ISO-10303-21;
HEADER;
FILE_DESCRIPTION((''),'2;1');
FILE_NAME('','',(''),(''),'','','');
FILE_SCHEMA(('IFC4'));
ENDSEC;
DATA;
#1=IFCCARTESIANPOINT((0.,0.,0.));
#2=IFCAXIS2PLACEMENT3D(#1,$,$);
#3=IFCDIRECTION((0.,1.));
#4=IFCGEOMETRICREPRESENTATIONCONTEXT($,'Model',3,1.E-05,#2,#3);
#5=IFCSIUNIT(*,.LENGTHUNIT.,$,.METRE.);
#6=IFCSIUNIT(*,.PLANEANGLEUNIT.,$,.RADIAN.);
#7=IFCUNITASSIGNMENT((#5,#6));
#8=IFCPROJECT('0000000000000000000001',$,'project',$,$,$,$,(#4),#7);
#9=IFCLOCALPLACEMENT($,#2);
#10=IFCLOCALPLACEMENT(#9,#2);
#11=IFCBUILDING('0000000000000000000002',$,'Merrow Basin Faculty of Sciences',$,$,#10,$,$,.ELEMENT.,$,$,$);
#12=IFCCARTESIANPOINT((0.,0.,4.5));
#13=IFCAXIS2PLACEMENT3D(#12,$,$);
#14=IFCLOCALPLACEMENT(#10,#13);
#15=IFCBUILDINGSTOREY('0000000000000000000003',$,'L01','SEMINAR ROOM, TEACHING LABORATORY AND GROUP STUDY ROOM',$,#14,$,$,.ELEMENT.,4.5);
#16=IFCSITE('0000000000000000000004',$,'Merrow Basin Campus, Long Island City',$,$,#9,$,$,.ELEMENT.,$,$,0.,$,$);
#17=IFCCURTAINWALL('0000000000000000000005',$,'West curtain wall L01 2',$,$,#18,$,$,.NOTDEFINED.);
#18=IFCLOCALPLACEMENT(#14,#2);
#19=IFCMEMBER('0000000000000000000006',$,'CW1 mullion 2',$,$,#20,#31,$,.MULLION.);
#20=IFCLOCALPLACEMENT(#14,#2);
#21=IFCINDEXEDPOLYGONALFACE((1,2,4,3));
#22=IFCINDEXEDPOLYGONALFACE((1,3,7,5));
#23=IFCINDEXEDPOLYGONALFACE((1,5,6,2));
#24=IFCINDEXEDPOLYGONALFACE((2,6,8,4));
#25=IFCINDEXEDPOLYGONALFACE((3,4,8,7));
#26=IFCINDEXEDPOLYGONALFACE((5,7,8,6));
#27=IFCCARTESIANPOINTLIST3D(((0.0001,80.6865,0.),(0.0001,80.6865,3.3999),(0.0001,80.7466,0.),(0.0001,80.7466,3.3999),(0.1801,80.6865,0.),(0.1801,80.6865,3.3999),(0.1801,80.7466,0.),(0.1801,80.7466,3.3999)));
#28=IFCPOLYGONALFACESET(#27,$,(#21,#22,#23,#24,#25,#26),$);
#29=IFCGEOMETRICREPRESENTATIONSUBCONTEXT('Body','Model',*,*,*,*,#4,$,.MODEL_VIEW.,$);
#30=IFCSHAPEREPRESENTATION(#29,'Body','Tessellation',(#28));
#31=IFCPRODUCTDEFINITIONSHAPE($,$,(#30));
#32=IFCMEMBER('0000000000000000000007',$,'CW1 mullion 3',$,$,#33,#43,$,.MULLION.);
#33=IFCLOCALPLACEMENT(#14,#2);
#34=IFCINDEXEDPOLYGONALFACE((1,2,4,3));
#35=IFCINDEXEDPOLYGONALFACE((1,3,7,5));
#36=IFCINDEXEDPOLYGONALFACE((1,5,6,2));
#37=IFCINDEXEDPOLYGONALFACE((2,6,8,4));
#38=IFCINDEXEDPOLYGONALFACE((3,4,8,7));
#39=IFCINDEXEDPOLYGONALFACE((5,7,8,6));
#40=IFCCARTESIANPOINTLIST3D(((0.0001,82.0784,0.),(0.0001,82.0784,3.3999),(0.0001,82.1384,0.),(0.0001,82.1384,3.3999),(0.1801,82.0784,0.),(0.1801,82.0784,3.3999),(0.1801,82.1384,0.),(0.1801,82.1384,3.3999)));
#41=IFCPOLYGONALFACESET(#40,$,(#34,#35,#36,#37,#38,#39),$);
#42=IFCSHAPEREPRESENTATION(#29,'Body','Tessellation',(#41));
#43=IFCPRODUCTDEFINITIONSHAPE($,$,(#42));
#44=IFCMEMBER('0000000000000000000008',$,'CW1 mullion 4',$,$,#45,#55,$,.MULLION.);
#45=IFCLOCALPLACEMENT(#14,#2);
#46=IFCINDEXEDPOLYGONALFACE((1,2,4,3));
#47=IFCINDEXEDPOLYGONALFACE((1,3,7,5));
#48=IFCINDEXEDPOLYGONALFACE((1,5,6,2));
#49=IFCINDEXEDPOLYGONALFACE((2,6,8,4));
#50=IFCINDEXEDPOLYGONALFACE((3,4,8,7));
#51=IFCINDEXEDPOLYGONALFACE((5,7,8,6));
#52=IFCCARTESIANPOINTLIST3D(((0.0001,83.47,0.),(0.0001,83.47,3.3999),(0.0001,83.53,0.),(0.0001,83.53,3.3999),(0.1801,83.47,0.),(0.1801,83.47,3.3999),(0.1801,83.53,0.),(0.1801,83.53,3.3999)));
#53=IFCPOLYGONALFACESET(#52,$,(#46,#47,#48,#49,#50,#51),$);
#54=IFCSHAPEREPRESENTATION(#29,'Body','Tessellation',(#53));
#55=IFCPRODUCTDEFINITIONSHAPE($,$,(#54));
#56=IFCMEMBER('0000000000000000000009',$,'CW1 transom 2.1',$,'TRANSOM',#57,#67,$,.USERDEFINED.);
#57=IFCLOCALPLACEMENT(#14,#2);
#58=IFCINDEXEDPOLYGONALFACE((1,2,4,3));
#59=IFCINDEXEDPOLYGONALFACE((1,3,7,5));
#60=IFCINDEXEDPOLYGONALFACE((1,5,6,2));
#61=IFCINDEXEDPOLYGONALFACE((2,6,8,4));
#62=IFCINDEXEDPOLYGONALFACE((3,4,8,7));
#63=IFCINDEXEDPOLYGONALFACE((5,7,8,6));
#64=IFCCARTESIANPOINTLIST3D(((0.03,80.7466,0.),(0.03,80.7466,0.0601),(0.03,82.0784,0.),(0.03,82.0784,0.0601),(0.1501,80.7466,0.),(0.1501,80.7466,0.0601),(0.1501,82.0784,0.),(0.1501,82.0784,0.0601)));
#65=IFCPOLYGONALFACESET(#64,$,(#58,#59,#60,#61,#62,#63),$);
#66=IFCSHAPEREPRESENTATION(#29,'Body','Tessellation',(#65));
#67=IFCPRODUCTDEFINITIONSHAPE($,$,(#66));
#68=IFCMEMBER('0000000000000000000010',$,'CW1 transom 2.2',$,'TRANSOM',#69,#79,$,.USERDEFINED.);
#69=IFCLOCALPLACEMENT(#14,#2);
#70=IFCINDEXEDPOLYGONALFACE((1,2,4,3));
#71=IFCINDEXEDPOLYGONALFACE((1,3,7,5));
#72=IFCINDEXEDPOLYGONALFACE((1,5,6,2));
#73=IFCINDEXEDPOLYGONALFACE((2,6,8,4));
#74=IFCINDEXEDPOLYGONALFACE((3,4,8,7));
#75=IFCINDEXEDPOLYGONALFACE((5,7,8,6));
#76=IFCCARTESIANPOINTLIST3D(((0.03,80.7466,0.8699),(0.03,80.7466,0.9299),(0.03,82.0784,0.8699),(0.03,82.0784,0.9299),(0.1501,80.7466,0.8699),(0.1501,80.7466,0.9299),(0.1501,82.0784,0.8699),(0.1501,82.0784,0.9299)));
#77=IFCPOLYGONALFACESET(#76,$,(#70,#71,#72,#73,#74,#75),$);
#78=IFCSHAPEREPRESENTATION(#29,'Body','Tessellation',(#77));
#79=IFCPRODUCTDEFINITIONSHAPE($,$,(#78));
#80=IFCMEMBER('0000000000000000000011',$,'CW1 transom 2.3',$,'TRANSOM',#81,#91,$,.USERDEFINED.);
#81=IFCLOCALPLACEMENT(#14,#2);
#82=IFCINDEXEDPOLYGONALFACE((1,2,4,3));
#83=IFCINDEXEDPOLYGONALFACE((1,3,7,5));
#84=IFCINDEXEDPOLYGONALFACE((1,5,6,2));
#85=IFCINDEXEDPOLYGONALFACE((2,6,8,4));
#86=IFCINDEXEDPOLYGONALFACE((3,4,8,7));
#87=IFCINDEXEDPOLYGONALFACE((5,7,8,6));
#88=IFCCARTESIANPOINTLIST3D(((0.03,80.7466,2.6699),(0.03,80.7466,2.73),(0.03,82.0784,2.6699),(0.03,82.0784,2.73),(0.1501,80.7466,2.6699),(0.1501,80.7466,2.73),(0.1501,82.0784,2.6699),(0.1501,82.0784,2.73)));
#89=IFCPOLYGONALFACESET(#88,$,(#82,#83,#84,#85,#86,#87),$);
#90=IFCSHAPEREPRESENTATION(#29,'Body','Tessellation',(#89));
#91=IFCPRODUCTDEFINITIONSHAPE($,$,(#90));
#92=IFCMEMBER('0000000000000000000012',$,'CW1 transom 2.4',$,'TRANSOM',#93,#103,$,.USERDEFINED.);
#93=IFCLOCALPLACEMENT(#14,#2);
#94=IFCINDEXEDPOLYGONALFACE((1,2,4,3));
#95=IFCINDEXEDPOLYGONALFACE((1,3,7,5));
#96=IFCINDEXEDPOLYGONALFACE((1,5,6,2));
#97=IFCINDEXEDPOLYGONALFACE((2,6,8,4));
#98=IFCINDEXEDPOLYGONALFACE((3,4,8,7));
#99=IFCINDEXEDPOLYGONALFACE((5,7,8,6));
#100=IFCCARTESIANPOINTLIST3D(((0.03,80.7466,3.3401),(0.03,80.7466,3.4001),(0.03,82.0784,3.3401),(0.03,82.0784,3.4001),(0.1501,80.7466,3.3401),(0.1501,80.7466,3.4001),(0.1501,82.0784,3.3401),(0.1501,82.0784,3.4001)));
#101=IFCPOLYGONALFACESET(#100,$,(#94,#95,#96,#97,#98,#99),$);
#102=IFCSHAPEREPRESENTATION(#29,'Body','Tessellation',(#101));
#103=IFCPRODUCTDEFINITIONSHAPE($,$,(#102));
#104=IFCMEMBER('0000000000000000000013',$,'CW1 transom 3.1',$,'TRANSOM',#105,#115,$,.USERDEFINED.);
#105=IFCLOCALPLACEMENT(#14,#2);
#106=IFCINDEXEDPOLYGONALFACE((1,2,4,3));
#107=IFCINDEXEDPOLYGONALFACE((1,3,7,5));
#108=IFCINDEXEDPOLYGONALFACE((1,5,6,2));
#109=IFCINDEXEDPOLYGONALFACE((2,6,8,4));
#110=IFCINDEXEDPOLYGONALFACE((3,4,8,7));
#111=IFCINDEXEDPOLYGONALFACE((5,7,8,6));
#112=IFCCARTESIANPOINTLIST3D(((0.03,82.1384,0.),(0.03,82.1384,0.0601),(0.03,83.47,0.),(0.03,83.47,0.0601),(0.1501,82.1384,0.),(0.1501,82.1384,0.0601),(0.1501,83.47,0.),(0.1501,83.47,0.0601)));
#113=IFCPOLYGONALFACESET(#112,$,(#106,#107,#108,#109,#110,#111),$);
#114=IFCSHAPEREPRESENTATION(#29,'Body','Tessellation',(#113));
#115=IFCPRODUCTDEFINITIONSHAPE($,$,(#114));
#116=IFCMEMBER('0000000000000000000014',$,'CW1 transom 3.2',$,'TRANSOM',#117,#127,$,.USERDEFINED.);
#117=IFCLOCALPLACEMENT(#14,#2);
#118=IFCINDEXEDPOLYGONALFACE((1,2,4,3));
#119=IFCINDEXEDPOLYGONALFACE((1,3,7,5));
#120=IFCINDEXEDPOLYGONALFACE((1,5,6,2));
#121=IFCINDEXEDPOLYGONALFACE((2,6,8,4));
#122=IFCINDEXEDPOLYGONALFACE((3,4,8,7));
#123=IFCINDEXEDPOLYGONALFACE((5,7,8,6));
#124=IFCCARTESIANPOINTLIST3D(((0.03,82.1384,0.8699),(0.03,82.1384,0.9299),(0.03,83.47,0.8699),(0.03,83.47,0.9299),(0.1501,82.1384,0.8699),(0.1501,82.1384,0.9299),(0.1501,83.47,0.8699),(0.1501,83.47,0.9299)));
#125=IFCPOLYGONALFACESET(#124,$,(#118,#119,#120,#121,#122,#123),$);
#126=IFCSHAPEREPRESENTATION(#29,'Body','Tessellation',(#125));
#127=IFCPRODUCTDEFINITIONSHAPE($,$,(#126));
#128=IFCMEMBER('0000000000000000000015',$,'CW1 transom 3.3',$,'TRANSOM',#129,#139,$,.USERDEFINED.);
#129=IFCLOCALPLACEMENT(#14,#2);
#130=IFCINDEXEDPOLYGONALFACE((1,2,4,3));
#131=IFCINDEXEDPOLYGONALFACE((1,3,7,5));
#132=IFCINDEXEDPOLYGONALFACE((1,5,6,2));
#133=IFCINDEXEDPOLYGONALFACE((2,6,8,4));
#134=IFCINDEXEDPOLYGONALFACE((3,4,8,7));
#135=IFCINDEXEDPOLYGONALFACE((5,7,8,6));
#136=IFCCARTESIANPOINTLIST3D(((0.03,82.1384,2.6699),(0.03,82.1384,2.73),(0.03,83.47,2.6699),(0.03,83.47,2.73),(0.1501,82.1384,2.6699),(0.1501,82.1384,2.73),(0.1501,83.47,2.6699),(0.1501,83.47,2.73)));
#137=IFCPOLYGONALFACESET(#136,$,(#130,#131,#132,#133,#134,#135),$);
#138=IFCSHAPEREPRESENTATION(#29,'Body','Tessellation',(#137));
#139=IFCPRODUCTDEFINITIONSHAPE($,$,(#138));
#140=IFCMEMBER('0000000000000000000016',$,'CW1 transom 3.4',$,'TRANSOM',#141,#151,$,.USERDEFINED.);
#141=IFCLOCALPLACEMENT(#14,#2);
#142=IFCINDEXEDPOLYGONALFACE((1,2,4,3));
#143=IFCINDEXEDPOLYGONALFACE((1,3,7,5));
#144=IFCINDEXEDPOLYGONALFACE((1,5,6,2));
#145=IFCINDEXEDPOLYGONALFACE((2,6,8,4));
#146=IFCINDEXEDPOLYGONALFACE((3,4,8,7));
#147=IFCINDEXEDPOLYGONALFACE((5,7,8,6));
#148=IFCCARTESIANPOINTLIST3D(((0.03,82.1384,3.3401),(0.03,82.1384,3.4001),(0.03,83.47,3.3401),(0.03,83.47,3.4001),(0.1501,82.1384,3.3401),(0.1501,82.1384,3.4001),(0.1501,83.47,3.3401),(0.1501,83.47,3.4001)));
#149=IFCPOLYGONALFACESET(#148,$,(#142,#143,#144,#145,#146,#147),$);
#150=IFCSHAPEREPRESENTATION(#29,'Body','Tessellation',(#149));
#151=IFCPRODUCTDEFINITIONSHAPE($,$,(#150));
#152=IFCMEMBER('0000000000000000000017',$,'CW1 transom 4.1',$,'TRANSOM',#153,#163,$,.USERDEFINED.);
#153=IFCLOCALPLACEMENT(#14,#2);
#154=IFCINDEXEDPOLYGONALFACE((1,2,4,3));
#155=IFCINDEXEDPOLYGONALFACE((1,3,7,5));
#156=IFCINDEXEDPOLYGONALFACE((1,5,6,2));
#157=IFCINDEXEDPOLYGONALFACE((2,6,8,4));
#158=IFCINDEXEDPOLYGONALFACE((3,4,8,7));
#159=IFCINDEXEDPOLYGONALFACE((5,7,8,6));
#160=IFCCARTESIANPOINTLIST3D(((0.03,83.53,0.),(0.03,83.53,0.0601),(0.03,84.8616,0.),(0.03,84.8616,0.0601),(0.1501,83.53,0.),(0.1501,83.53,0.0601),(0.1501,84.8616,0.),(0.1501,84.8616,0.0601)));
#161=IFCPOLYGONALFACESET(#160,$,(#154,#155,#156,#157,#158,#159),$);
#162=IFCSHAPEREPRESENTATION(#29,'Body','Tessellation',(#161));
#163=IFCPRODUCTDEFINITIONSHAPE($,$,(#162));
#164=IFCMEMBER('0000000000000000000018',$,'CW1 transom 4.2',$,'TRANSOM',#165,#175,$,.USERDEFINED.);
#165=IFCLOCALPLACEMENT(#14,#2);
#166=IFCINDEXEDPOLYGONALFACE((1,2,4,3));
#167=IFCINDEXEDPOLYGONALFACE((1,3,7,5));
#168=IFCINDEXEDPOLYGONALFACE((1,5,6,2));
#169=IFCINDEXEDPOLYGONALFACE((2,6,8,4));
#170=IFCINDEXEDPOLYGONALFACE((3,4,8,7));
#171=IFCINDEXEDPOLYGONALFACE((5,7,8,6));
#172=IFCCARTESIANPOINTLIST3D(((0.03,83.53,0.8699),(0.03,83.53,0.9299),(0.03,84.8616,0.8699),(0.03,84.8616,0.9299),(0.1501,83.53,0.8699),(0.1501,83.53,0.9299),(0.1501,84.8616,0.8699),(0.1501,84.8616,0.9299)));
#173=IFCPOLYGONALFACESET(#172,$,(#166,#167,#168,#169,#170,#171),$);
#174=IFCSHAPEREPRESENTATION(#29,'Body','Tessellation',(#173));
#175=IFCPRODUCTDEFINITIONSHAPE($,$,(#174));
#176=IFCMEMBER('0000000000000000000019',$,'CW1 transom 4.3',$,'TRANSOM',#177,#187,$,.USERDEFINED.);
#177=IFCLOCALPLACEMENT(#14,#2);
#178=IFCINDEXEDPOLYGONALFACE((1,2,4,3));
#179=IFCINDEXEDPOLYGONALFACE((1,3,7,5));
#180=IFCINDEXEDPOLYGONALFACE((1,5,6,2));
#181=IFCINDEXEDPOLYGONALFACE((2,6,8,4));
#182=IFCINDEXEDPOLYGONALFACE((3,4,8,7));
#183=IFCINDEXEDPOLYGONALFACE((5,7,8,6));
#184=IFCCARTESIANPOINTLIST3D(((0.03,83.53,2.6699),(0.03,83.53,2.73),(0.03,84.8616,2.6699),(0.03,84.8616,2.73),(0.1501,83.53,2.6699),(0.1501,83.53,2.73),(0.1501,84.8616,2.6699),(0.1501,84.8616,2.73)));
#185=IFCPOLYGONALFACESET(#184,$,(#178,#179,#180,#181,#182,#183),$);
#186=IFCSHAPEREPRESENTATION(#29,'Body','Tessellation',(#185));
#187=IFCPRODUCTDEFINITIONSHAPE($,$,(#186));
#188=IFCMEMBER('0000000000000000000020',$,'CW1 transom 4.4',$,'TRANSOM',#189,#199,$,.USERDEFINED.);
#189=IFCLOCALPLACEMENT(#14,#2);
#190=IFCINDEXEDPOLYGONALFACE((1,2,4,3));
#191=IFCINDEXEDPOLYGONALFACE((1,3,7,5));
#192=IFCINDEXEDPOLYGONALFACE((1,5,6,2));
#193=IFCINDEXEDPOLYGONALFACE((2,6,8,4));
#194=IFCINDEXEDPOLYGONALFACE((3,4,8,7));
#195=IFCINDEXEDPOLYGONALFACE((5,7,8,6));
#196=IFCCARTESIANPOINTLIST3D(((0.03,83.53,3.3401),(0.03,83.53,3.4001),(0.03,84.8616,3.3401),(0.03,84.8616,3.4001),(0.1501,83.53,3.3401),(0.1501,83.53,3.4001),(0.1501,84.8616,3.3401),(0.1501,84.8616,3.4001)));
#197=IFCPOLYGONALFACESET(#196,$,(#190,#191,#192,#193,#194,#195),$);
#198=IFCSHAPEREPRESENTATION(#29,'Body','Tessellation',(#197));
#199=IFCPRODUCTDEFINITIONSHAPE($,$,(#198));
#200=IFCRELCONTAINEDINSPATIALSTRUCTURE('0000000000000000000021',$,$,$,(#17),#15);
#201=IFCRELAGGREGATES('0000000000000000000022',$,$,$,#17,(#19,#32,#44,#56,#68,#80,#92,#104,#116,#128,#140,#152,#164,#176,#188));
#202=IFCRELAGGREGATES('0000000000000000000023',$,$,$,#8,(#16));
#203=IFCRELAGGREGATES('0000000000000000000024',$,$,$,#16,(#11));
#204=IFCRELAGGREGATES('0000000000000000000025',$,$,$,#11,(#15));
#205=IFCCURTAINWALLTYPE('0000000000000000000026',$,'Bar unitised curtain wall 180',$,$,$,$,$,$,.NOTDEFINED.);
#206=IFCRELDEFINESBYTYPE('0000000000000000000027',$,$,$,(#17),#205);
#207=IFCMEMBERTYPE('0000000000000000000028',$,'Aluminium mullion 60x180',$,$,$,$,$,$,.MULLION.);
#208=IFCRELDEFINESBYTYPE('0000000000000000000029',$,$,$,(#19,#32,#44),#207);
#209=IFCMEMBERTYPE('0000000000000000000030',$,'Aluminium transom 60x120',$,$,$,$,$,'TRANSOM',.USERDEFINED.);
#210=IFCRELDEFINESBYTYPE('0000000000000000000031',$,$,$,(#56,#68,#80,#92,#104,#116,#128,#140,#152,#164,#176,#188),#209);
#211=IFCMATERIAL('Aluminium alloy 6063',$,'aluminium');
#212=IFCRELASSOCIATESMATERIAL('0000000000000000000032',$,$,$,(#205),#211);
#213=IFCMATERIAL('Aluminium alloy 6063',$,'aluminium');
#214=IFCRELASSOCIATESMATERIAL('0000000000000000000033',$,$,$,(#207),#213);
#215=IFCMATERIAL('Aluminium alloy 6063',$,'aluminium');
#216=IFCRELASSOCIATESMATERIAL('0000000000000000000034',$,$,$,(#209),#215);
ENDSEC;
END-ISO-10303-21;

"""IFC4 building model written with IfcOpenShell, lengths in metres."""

from ifc_helpers import new_model, si_unit, direction, frame, origin, origin_2d, place, context, subcontext, project, spatial, rectangle, extrude, material, material_profile, profile_set, type_object, element, aggregate, save


model = new_model("IFC4")

# Units and contexts
model_context = context("Model", 3, precision=1e-05, world=origin(), true_north=direction((0.0, 1.0)))
body_context = subcontext(model_context, "Body", "Model", "MODEL_VIEW")
ifc_project = project(units=[si_unit("LENGTHUNIT", "METRE"), si_unit("PLANEANGLEUNIT", "RADIAN")], contexts=[model_context])

# Site, building, storey
site_placement = place(None, origin())
site = spatial("IfcSite", under=ifc_project, at=site_placement, Name="Merrow Basin Campus, Long Island City", CompositionType="ELEMENT", RefElevation=0.0)
building_placement = place(site_placement, origin())
building = spatial("IfcBuilding", under=site, at=building_placement, Name="Merrow Basin Faculty of Sciences", CompositionType="ELEMENT")
storey_placement = place(building_placement, frame((0.0, 0.0, 4.5)))
storey = spatial("IfcBuildingStorey", under=building, at=storey_placement, Name="L01", Description="SEMINAR ROOM, TEACHING LABORATORY AND GROUP STUDY ROOM", CompositionType="ELEMENT", Elevation=4.5)

# Curtain wall, members
ifc_material_1 = material(Name="Aluminium alloy 6063", Category="aluminium")
curtain_wall_type = type_object("IfcCurtainWallType", Name="Bar unitised curtain wall 180", PredefinedType="NOTDEFINED", material=ifc_material_1)
curtain_wall_placement = place(storey_placement, origin())
curtain_wall = element("IfcCurtainWall", 1, at=curtain_wall_placement, inside=storey, type_object=curtain_wall_type, Name="West curtain wall L01 2", PredefinedType="NOTDEFINED")
ifc_material_2 = material(Name="Aluminium alloy 6063", Category="aluminium")
ifc_material_profile_1 = material_profile(ifc_material_2, rectangle(XDim=0.1799, YDim=0.0601, at=origin_2d()))
ifc_profile_set_1 = profile_set([ifc_material_profile_1], Name="Aluminium alloy 6063")
member_type_1 = type_object("IfcMemberType", Name="Aluminium mullion 60x180", PredefinedType="MULLION", material=ifc_profile_set_1)
member_1_placement = place(storey_placement, frame((0.0901, 80.7166, 0.0), z_axis=(0.0, 0.0, 1.0), x_axis=(-1.0, 0.0, 0.0)))
member_1 = element("IfcMember", 2, at=member_1_placement, type_object=member_type_1, Name="CW1 mullion 2", PredefinedType="MULLION", context=body_context, shape_type="SweptSolid", body=[
    extrude(rectangle(XDim=0.1799, YDim=0.0601, at=origin_2d()), origin(), (0.0, 0.0, 1.0), 3.3999),
])
member_2_placement = place(storey_placement, frame((0.0901, 82.1084, 0.0), z_axis=(0.0, 0.0, 1.0), x_axis=(-1.0, 0.0, 0.0)))
member_2 = element("IfcMember", 3, at=member_2_placement, type_object=member_type_1, Name="CW1 mullion 3", PredefinedType="MULLION", context=body_context, shape_type="SweptSolid", body=[
    extrude(rectangle(XDim=0.1799, YDim=0.0601, at=origin_2d()), origin(), (0.0, 0.0, 1.0), 3.3999),
])
member_3_placement = place(storey_placement, frame((0.0901, 83.5, 0.0), z_axis=(0.0, 0.0, 1.0), x_axis=(-1.0, 0.0, 0.0)))
member_3 = element("IfcMember", 4, at=member_3_placement, type_object=member_type_1, Name="CW1 mullion 4", PredefinedType="MULLION", context=body_context, shape_type="SweptSolid", body=[
    extrude(rectangle(XDim=0.1799, YDim=0.0601, at=origin_2d()), origin(), (0.0, 0.0, 1.0), 3.3999),
])
ifc_material_3 = material(Name="Aluminium alloy 6063", Category="aluminium")
ifc_material_profile_2 = material_profile(ifc_material_3, rectangle(XDim=0.1201, YDim=0.0601, at=origin_2d()))
ifc_profile_set_2 = profile_set([ifc_material_profile_2], Name="Aluminium alloy 6063")
member_type_2 = type_object("IfcMemberType", Name="Aluminium transom 60x120", ElementType="TRANSOM", PredefinedType="USERDEFINED", material=ifc_profile_set_2)
member_4_placement = place(storey_placement, frame((0.0901, 80.7466, 0.03), z_axis=(0.0, 1.0, 0.0), x_axis=(-1.0, 0.0, 0.0)))
member_4 = element("IfcMember", 5, at=member_4_placement, type_object=member_type_2, Name="CW1 transom 2.1", ObjectType="TRANSOM", PredefinedType="USERDEFINED", context=body_context, shape_type="SweptSolid", body=[
    extrude(rectangle(XDim=0.1201, YDim=0.0601, at=origin_2d()), origin(), (0.0, 0.0, 1.0), 1.3318),
])
member_5_placement = place(storey_placement, frame((0.0901, 80.7466, 0.8999), z_axis=(0.0, 1.0, 0.0), x_axis=(-1.0, 0.0, 0.0)))
member_5 = element("IfcMember", 6, at=member_5_placement, type_object=member_type_2, Name="CW1 transom 2.2", ObjectType="TRANSOM", PredefinedType="USERDEFINED", context=body_context, shape_type="SweptSolid", body=[
    extrude(rectangle(XDim=0.1201, YDim=0.0601, at=origin_2d()), origin(), (0.0, 0.0, 1.0), 1.3318),
])
member_6_placement = place(storey_placement, frame((0.0901, 80.7466, 2.7), z_axis=(0.0, 1.0, 0.0), x_axis=(-1.0, 0.0, 0.0)))
member_6 = element("IfcMember", 7, at=member_6_placement, type_object=member_type_2, Name="CW1 transom 2.3", ObjectType="TRANSOM", PredefinedType="USERDEFINED", context=body_context, shape_type="SweptSolid", body=[
    extrude(rectangle(XDim=0.1201, YDim=0.0601, at=origin_2d()), origin(), (0.0, 0.0, 1.0), 1.3318),
])
member_7_placement = place(storey_placement, frame((0.0901, 80.7466, 3.3701), z_axis=(0.0, 1.0, 0.0), x_axis=(-1.0, 0.0, 0.0)))
member_7 = element("IfcMember", 8, at=member_7_placement, type_object=member_type_2, Name="CW1 transom 2.4", ObjectType="TRANSOM", PredefinedType="USERDEFINED", context=body_context, shape_type="SweptSolid", body=[
    extrude(rectangle(XDim=0.1201, YDim=0.0601, at=origin_2d()), origin(), (0.0, 0.0, 1.0), 1.3318),
])
member_8_placement = place(storey_placement, frame((0.0901, 82.1384, 0.03), z_axis=(0.0, 1.0, 0.0), x_axis=(-1.0, 0.0, 0.0)))
member_8 = element("IfcMember", 9, at=member_8_placement, type_object=member_type_2, Name="CW1 transom 3.1", ObjectType="TRANSOM", PredefinedType="USERDEFINED", context=body_context, shape_type="SweptSolid", body=[
    extrude(rectangle(XDim=0.1201, YDim=0.0601, at=origin_2d()), origin(), (0.0, 0.0, 1.0), 1.3315),
])
member_9_placement = place(storey_placement, frame((0.0901, 82.1384, 0.8999), z_axis=(0.0, 1.0, 0.0), x_axis=(-1.0, 0.0, 0.0)))
member_9 = element("IfcMember", 10, at=member_9_placement, type_object=member_type_2, Name="CW1 transom 3.2", ObjectType="TRANSOM", PredefinedType="USERDEFINED", context=body_context, shape_type="SweptSolid", body=[
    extrude(rectangle(XDim=0.1201, YDim=0.0601, at=origin_2d()), origin(), (0.0, 0.0, 1.0), 1.3315),
])
member_10_placement = place(storey_placement, frame((0.0901, 82.1384, 2.7), z_axis=(0.0, 1.0, 0.0), x_axis=(-1.0, 0.0, 0.0)))
member_10 = element("IfcMember", 11, at=member_10_placement, type_object=member_type_2, Name="CW1 transom 3.3", ObjectType="TRANSOM", PredefinedType="USERDEFINED", context=body_context, shape_type="SweptSolid", body=[
    extrude(rectangle(XDim=0.1201, YDim=0.0601, at=origin_2d()), origin(), (0.0, 0.0, 1.0), 1.3315),
])
member_11_placement = place(storey_placement, frame((0.0901, 82.1384, 3.3701), z_axis=(0.0, 1.0, 0.0), x_axis=(-1.0, 0.0, 0.0)))
member_11 = element("IfcMember", 12, at=member_11_placement, type_object=member_type_2, Name="CW1 transom 3.4", ObjectType="TRANSOM", PredefinedType="USERDEFINED", context=body_context, shape_type="SweptSolid", body=[
    extrude(rectangle(XDim=0.1201, YDim=0.0601, at=origin_2d()), origin(), (0.0, 0.0, 1.0), 1.3315),
])
member_12_placement = place(storey_placement, frame((0.0901, 83.53, 0.03), z_axis=(0.0, 1.0, 0.0), x_axis=(-1.0, 0.0, 0.0)))
member_12 = element("IfcMember", 13, at=member_12_placement, type_object=member_type_2, Name="CW1 transom 4.1", ObjectType="TRANSOM", PredefinedType="USERDEFINED", context=body_context, shape_type="SweptSolid", body=[
    extrude(rectangle(XDim=0.1201, YDim=0.0601, at=origin_2d()), origin(), (0.0, 0.0, 1.0), 1.3315),
])
member_13_placement = place(storey_placement, frame((0.0901, 83.53, 0.8999), z_axis=(0.0, 1.0, 0.0), x_axis=(-1.0, 0.0, 0.0)))
member_13 = element("IfcMember", 14, at=member_13_placement, type_object=member_type_2, Name="CW1 transom 4.2", ObjectType="TRANSOM", PredefinedType="USERDEFINED", context=body_context, shape_type="SweptSolid", body=[
    extrude(rectangle(XDim=0.1201, YDim=0.0601, at=origin_2d()), origin(), (0.0, 0.0, 1.0), 1.3315),
])
member_14_placement = place(storey_placement, frame((0.0901, 83.53, 2.7), z_axis=(0.0, 1.0, 0.0), x_axis=(-1.0, 0.0, 0.0)))
member_14 = element("IfcMember", 15, at=member_14_placement, type_object=member_type_2, Name="CW1 transom 4.3", ObjectType="TRANSOM", PredefinedType="USERDEFINED", context=body_context, shape_type="SweptSolid", body=[
    extrude(rectangle(XDim=0.1201, YDim=0.0601, at=origin_2d()), origin(), (0.0, 0.0, 1.0), 1.3315),
])
member_15_placement = place(storey_placement, frame((0.0901, 83.53, 3.3701), z_axis=(0.0, 1.0, 0.0), x_axis=(-1.0, 0.0, 0.0)))
member_15 = element("IfcMember", 16, at=member_15_placement, type_object=member_type_2, Name="CW1 transom 4.4", ObjectType="TRANSOM", PredefinedType="USERDEFINED", context=body_context, shape_type="SweptSolid", body=[
    extrude(rectangle(XDim=0.1201, YDim=0.0601, at=origin_2d()), origin(), (0.0, 0.0, 1.0), 1.3315),
])
aggregate(curtain_wall, [member_1, member_2, member_3, member_4, member_5, member_6, member_7, member_8, member_9, member_10, member_11, member_12, member_13, member_14, member_15])

save(model, "model.ifc")
